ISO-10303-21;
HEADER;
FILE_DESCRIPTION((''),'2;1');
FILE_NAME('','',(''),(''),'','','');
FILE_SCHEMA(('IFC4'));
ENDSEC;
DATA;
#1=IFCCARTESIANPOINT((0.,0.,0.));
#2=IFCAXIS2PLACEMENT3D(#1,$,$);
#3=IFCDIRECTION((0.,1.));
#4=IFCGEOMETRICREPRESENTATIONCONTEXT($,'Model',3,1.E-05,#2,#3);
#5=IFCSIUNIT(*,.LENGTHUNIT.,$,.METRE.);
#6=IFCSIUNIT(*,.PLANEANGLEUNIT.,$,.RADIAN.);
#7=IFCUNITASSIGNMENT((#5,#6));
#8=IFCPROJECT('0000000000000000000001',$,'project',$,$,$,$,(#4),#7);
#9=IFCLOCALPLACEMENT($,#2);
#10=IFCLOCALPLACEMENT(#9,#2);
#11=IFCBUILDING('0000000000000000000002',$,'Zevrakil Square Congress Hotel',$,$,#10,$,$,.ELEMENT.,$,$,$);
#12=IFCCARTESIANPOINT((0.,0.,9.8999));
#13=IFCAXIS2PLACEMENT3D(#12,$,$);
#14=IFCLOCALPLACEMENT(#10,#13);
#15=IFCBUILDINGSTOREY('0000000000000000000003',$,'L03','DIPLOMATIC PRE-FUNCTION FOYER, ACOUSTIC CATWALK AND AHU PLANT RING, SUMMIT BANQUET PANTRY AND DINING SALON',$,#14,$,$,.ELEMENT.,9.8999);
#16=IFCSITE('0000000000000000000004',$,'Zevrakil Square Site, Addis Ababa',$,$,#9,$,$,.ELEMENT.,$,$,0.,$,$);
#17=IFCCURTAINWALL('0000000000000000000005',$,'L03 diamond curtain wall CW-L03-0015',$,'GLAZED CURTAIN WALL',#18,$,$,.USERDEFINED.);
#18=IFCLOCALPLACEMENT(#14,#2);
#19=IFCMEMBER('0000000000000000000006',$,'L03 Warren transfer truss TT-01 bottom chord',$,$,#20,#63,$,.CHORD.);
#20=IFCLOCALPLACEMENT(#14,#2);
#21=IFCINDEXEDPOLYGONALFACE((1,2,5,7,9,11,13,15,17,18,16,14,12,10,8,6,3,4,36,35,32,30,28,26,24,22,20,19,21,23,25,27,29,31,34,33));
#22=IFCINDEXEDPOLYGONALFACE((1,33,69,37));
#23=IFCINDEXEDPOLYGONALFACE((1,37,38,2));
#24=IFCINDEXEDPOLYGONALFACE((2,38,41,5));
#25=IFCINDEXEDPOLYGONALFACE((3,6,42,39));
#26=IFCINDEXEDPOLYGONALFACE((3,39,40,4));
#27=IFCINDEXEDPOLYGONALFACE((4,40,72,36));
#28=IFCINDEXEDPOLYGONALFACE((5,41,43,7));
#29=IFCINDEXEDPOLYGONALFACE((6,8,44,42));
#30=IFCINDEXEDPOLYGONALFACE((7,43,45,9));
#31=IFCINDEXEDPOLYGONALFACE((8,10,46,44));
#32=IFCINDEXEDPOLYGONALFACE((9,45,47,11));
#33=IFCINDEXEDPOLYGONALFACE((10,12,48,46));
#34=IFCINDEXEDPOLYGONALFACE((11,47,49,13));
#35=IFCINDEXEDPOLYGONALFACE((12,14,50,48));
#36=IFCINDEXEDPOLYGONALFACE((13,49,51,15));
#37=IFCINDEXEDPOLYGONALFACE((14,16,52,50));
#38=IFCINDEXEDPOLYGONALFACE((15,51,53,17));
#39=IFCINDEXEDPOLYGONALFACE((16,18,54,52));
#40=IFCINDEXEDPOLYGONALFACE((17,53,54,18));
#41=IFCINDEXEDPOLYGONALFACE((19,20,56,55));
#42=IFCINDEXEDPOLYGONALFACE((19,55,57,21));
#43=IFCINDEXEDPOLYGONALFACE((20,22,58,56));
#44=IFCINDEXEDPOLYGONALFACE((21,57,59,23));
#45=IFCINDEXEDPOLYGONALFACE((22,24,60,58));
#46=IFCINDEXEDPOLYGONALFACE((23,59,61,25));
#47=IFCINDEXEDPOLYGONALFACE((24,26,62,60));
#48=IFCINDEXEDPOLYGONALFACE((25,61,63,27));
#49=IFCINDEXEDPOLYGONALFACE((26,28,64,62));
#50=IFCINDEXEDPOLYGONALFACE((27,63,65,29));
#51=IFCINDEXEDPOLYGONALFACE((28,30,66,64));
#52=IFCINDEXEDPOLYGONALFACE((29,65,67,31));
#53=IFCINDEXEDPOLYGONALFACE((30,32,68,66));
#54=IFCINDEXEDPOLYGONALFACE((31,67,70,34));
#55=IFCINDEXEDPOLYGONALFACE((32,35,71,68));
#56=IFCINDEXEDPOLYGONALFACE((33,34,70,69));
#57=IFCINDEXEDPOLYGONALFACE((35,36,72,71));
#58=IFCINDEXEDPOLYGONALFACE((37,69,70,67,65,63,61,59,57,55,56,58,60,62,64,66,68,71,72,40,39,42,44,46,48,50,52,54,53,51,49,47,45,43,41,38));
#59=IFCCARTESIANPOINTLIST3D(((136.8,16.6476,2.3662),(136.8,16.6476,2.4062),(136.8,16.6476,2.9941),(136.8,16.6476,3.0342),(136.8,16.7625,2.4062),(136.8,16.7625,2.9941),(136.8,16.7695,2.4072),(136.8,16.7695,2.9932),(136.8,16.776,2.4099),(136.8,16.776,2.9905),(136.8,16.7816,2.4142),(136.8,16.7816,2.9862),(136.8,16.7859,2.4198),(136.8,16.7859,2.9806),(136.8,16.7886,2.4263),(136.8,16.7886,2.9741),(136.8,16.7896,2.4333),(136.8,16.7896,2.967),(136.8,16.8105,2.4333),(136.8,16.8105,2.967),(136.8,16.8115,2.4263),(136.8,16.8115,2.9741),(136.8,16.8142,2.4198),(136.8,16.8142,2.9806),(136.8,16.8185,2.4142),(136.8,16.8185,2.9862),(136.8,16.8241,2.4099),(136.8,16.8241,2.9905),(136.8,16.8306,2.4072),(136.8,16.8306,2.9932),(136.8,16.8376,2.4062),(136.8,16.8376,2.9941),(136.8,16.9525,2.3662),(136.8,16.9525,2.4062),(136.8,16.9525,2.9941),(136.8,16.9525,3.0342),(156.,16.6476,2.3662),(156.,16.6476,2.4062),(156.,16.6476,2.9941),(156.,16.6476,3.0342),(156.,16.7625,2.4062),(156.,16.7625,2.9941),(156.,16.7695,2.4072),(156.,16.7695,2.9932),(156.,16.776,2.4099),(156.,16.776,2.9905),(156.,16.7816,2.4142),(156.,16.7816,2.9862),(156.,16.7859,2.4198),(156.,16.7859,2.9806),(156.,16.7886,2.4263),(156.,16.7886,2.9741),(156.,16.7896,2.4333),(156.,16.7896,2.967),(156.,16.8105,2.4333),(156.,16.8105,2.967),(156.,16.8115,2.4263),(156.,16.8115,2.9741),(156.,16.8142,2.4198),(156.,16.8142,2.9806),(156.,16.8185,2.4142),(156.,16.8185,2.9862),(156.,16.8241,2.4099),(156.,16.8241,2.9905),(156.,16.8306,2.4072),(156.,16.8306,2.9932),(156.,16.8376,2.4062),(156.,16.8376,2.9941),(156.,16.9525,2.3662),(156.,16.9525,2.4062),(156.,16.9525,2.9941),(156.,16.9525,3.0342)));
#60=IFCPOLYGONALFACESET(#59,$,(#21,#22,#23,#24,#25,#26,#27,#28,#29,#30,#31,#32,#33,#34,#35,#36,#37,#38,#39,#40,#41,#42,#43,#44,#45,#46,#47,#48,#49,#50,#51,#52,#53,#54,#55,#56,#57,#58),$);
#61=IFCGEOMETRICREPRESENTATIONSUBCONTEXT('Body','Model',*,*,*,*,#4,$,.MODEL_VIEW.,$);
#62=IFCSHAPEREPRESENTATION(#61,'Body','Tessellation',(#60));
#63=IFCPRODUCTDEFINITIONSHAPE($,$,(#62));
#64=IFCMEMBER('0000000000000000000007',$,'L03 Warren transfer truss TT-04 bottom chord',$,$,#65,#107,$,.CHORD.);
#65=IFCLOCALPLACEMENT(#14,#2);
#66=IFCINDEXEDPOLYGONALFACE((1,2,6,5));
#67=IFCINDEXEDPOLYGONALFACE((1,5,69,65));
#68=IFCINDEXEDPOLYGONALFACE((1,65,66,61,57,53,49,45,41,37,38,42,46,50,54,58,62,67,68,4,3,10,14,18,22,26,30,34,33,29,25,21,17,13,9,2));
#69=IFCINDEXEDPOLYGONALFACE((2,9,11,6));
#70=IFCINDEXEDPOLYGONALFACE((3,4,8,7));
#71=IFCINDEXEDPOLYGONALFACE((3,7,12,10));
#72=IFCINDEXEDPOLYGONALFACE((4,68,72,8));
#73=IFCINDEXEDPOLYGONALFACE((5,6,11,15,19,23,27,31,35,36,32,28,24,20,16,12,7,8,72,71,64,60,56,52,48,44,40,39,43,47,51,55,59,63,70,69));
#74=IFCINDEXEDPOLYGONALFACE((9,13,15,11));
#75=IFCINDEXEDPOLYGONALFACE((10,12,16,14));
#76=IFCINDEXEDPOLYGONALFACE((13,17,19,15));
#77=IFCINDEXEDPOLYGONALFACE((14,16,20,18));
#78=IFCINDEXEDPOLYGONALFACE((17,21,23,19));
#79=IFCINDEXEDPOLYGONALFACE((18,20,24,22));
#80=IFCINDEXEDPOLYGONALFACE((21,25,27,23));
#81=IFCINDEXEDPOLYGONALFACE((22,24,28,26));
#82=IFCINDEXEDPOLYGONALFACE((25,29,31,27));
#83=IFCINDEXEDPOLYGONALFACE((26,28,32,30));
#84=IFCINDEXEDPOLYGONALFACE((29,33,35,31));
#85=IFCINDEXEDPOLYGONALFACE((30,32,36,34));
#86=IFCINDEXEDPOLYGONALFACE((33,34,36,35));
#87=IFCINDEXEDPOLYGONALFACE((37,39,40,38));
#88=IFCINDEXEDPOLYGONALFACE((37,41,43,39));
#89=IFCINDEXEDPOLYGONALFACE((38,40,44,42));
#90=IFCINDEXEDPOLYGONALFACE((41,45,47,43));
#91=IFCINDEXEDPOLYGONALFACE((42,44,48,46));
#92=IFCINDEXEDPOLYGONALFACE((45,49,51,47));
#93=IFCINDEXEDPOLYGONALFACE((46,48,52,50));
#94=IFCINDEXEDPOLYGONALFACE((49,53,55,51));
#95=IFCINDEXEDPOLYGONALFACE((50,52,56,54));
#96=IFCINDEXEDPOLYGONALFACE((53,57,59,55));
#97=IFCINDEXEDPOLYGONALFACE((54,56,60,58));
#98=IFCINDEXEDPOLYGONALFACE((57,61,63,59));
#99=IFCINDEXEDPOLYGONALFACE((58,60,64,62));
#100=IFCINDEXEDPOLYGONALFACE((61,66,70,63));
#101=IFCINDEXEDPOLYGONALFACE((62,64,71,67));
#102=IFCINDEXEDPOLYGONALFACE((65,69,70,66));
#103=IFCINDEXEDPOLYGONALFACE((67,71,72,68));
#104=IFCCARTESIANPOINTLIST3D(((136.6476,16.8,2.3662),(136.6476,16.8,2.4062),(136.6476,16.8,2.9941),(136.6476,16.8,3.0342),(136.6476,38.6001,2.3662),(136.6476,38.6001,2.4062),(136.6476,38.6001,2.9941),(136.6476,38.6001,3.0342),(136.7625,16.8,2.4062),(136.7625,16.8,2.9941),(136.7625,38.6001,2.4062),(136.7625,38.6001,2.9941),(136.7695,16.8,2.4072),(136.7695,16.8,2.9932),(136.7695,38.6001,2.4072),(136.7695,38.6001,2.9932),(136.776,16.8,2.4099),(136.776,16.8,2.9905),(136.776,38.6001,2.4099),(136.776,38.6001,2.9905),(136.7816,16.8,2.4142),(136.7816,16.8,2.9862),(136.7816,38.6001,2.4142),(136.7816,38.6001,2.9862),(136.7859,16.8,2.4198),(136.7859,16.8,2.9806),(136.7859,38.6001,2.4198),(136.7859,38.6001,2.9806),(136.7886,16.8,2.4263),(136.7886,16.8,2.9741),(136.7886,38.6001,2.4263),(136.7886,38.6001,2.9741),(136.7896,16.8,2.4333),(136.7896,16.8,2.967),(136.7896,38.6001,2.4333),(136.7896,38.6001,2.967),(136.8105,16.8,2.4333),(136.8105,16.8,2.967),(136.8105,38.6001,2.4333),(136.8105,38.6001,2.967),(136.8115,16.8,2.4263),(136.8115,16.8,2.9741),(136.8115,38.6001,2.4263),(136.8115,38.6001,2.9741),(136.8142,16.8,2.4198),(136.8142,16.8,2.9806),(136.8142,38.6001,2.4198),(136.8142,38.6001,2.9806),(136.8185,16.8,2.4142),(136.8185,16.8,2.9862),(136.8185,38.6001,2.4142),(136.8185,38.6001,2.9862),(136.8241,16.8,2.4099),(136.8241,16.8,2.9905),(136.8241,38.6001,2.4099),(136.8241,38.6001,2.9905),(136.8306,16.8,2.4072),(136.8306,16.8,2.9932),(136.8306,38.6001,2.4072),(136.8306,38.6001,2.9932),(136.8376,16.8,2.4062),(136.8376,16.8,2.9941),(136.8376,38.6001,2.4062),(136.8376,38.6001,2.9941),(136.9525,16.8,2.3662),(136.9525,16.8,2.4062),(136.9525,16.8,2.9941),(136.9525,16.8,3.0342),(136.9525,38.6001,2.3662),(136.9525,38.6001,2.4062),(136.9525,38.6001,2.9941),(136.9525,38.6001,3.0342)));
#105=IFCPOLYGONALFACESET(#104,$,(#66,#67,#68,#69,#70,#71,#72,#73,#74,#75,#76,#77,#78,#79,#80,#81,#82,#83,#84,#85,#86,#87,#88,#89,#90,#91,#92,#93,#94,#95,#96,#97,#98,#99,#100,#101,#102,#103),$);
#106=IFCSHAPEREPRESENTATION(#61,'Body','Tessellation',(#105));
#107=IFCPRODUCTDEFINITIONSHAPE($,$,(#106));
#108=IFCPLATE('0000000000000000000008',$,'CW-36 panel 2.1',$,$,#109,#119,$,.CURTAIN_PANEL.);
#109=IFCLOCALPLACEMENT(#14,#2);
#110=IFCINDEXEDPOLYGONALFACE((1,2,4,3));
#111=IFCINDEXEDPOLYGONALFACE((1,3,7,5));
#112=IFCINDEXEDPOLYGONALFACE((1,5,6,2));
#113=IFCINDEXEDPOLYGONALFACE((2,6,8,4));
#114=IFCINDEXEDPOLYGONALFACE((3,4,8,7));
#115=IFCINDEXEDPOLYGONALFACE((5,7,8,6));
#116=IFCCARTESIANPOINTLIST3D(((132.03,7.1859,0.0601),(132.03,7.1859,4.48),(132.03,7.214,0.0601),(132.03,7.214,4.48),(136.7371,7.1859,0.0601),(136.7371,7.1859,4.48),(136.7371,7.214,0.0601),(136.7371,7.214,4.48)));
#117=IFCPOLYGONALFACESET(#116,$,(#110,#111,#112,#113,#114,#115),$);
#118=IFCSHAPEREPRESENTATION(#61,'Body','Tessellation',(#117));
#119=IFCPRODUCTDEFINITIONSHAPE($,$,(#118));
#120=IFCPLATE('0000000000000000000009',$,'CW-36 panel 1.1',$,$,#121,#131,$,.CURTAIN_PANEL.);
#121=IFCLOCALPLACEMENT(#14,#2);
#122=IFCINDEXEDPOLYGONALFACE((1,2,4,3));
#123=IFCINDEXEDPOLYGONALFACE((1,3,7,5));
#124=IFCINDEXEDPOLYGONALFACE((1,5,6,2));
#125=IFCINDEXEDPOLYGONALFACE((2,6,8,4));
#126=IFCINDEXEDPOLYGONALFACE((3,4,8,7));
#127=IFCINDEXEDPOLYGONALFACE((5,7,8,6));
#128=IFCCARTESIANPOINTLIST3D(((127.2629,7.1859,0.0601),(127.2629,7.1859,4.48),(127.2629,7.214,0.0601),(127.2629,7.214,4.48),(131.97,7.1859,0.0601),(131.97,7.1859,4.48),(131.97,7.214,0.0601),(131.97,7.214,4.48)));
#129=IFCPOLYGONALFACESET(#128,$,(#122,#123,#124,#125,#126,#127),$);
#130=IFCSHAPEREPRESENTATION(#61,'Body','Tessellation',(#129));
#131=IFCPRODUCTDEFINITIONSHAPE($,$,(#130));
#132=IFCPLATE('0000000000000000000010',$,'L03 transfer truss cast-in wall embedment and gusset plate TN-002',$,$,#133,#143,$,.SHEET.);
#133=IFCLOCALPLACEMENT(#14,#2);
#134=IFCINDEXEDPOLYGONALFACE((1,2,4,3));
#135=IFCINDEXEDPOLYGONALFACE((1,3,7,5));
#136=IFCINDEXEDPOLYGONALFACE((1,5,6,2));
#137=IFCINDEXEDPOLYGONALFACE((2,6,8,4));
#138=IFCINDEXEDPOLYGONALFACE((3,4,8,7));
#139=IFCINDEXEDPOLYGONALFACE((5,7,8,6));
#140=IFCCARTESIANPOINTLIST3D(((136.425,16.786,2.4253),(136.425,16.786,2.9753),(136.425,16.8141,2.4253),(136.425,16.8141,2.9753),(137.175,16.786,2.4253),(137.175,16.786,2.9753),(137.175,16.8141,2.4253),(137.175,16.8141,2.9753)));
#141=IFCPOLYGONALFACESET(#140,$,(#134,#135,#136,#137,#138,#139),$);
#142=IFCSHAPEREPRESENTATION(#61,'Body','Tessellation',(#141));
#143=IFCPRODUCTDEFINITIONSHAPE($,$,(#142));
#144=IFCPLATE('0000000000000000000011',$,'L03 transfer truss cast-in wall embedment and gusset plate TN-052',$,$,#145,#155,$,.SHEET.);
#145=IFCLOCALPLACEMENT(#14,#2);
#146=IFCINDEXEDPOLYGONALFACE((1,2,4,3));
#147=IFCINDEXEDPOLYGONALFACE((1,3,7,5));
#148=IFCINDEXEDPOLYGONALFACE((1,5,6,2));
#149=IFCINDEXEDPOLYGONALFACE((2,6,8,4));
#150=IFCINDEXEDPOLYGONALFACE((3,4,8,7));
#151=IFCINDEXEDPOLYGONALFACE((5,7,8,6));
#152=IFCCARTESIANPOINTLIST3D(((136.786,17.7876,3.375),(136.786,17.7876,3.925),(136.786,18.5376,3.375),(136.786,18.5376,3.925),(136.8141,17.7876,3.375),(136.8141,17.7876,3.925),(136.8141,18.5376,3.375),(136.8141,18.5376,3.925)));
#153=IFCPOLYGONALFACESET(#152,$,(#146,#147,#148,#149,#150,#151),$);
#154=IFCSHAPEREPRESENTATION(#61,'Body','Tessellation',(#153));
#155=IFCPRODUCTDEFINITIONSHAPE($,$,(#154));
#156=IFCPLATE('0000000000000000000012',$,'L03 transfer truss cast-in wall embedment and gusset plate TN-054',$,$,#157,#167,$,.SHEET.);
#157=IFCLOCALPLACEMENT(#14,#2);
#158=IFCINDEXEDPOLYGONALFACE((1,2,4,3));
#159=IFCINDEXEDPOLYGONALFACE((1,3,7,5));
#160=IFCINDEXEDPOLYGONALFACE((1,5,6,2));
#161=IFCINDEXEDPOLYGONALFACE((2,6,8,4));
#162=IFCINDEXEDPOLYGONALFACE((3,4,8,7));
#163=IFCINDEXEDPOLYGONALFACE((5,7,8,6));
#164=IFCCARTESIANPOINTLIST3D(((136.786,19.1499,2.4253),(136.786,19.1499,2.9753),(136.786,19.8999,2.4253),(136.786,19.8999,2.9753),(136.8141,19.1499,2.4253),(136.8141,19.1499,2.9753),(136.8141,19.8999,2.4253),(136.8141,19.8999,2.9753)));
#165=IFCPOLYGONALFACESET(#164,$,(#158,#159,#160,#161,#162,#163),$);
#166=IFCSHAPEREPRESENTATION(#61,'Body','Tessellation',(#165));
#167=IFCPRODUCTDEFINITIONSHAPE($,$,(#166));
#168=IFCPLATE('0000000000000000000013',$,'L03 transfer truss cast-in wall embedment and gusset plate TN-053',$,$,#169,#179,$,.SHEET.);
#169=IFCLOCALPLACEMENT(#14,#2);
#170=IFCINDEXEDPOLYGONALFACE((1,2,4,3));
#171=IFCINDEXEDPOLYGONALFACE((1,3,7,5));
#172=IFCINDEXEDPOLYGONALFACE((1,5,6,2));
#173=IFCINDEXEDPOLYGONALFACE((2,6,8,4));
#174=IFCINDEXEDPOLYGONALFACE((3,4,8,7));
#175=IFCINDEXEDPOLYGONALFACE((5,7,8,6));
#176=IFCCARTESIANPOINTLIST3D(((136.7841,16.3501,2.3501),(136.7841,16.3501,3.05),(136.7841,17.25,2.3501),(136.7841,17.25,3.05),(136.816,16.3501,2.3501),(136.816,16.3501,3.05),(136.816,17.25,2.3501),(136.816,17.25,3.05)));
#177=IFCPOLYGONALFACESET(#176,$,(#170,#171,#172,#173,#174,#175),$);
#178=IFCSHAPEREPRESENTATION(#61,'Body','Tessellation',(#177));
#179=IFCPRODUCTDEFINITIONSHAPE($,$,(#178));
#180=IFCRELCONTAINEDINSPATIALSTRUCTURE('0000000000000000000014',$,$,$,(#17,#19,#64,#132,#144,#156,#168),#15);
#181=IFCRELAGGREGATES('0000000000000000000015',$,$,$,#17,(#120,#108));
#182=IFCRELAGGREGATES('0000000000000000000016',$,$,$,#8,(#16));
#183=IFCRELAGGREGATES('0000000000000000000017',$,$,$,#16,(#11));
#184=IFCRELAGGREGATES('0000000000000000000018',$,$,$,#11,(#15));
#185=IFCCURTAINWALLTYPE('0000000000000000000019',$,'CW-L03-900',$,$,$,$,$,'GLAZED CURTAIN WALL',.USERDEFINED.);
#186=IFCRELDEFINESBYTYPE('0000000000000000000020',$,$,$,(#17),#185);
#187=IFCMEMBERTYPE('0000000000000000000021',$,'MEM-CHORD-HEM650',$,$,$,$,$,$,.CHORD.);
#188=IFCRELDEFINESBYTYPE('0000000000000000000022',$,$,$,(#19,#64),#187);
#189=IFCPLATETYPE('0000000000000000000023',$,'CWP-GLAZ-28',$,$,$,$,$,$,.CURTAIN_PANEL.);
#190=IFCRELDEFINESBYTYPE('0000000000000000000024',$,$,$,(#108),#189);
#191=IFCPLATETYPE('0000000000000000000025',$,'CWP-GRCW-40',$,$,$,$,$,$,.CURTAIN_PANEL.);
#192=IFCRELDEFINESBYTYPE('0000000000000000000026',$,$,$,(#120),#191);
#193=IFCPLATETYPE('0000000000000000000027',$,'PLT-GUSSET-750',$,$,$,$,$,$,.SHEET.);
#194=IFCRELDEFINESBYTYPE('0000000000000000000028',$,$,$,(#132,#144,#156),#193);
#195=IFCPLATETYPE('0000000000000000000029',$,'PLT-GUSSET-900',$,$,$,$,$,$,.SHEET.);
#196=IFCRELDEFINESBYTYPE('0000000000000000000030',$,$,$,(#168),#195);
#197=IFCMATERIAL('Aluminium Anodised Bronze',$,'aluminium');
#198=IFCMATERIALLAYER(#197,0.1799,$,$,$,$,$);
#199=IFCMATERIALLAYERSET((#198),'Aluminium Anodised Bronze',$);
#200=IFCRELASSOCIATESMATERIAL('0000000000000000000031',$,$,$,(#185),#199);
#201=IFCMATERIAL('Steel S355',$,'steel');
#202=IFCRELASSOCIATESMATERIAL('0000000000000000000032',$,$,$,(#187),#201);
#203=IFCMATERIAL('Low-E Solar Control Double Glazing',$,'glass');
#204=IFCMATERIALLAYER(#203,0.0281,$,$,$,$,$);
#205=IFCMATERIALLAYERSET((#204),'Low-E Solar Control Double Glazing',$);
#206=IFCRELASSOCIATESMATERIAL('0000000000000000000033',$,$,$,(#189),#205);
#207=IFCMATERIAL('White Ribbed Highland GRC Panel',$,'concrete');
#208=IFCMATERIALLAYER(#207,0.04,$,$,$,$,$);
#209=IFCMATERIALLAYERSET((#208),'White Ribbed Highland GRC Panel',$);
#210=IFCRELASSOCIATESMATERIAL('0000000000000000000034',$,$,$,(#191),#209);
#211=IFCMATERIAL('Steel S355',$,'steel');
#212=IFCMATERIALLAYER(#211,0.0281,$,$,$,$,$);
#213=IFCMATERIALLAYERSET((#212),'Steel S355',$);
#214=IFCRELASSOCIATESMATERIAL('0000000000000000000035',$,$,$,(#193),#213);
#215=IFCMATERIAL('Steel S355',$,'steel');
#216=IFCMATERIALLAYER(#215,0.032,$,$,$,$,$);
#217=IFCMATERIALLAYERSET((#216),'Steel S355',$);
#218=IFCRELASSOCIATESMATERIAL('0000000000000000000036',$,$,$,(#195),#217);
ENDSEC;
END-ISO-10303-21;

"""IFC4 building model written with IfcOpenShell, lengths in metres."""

from ifc_helpers import new_model, si_unit, direction, frame, origin, origin_2d, place, context, subcontext, project, spatial, rectangle, i_section, extrude, material, layer, layer_set, material_profile, profile_set, type_object, element, aggregate, save


model = new_model("IFC4")

# Units and contexts
model_context = context("Model", 3, precision=1e-05, world=origin(), true_north=direction((0.0, 1.0)))
body_context = subcontext(model_context, "Body", "Model", "MODEL_VIEW")
ifc_project = project(units=[si_unit("LENGTHUNIT", "METRE"), si_unit("PLANEANGLEUNIT", "RADIAN")], contexts=[model_context])

# Site, building, storey
site_placement = place(None, origin())
site = spatial("IfcSite", under=ifc_project, at=site_placement, Name="Zevrakil Square Site, Addis Ababa", CompositionType="ELEMENT", RefElevation=0.0)
building_placement = place(site_placement, origin())
building = spatial("IfcBuilding", under=site, at=building_placement, Name="Zevrakil Square Congress Hotel", CompositionType="ELEMENT")
storey_placement = place(building_placement, frame((0.0, 0.0, 9.8999)))
storey = spatial("IfcBuildingStorey", under=building, at=storey_placement, Name="L03", Description="DIPLOMATIC PRE-FUNCTION FOYER, ACOUSTIC CATWALK AND AHU PLANT RING, SUMMIT BANQUET PANTRY AND DINING SALON", CompositionType="ELEMENT", Elevation=9.8999)

# Curtain wall
ifc_material_1 = material(Name="Aluminium Anodised Bronze", Category="aluminium")
ifc_layer_1 = layer(ifc_material_1, 0.1799)
ifc_layer_set_1 = layer_set([ifc_layer_1], Name="Aluminium Anodised Bronze")
curtain_wall_type = type_object("IfcCurtainWallType", Name="CW-L03-900", ElementType="GLAZED CURTAIN WALL", PredefinedType="USERDEFINED", material=ifc_layer_set_1)
curtain_wall_placement = place(storey_placement, origin())
curtain_wall = element("IfcCurtainWall", 1, at=curtain_wall_placement, inside=storey, type_object=curtain_wall_type, Name="L03 diamond curtain wall CW-L03-0015", ObjectType="GLAZED CURTAIN WALL", PredefinedType="USERDEFINED")

# Members
ifc_material_2 = material(Name="Steel S355", Category="steel")
ifc_material_profile_1 = material_profile(ifc_material_2, i_section(OverallWidth=0.3049, OverallDepth=0.668, WebThickness=0.021, FlangeThickness=0.04, FilletRadius=0.0271, at=origin_2d()), Name="HEM 650")
ifc_profile_set_1 = profile_set([ifc_material_profile_1], Name="Steel S355")
member_type_1 = type_object("IfcMemberType", Name="MEM-CHORD-HEM650", PredefinedType="CHORD", material=ifc_profile_set_1)
member_1_placement = place(storey_placement, frame((136.8, 16.8, 2.7002), z_axis=(1.0, 0.0, 0.0), x_axis=(0.0, 1.0, 0.0)))
element("IfcMember", 2, at=member_1_placement, inside=storey, type_object=member_type_1, Name="L03 Warren transfer truss TT-01 bottom chord", PredefinedType="CHORD", context=body_context, shape_type="SweptSolid", body=[
    extrude(i_section(OverallWidth=0.3049, OverallDepth=0.668, WebThickness=0.021, FlangeThickness=0.04, FilletRadius=0.0271, at=origin_2d()), origin(), (0.0, 0.0, 1.0), 19.2),
])
member_2_placement = place(storey_placement, frame((136.8, 16.8, 2.7002), z_axis=(0.0, 1.0, 0.0), x_axis=(-1.0, 0.0, 0.0)))
element("IfcMember", 3, at=member_2_placement, inside=storey, type_object=member_type_1, Name="L03 Warren transfer truss TT-04 bottom chord", PredefinedType="CHORD", context=body_context, shape_type="SweptSolid", body=[
    extrude(i_section(OverallWidth=0.3049, OverallDepth=0.668, WebThickness=0.021, FlangeThickness=0.04, FilletRadius=0.0271, at=origin_2d()), origin(), (0.0, 0.0, 1.0), 21.8),
])

# Plates
ifc_material_3 = material(Name="Low-E Solar Control Double Glazing", Category="glass")
ifc_layer_2 = layer(ifc_material_3, 0.0281)
ifc_layer_set_2 = layer_set([ifc_layer_2], Name="Low-E Solar Control Double Glazing")
plate_type_1 = type_object("IfcPlateType", Name="CWP-GLAZ-28", PredefinedType="CURTAIN_PANEL", material=ifc_layer_set_2)
plate_1_placement = place(storey_placement, frame((134.3835, 7.2, 0.0601), z_axis=(0.0, 0.0, 1.0), x_axis=(1.0, 0.0, 0.0)))
plate_1 = element("IfcPlate", 4, at=plate_1_placement, type_object=plate_type_1, Name="CW-36 panel 2.1", PredefinedType="CURTAIN_PANEL", context=body_context, shape_type="SweptSolid", body=[
    extrude(rectangle(XDim=4.707, YDim=0.0281, at=origin_2d()), origin(), (0.0, 0.0, 1.0), 4.4199),
])
ifc_material_4 = material(Name="White Ribbed Highland GRC Panel", Category="concrete")
ifc_layer_3 = layer(ifc_material_4, 0.04)
ifc_layer_set_3 = layer_set([ifc_layer_3], Name="White Ribbed Highland GRC Panel")
plate_type_2 = type_object("IfcPlateType", Name="CWP-GRCW-40", PredefinedType="CURTAIN_PANEL", material=ifc_layer_set_3)
plate_2_placement = place(storey_placement, frame((129.6165, 7.2, 0.0601), z_axis=(0.0, 0.0, 1.0), x_axis=(1.0, 0.0, 0.0)))
plate_2 = element("IfcPlate", 5, at=plate_2_placement, type_object=plate_type_2, Name="CW-36 panel 1.1", PredefinedType="CURTAIN_PANEL", context=body_context, shape_type="SweptSolid", body=[
    extrude(rectangle(XDim=4.707, YDim=0.0281, at=origin_2d()), origin(), (0.0, 0.0, 1.0), 4.4199),
])
aggregate(curtain_wall, [plate_2, plate_1])

# Plates
ifc_material_5 = material(Name="Steel S355", Category="steel")
ifc_layer_4 = layer(ifc_material_5, 0.0281)
ifc_layer_set_4 = layer_set([ifc_layer_4], Name="Steel S355")
plate_type_3 = type_object("IfcPlateType", Name="PLT-GUSSET-750", PredefinedType="SHEET", material=ifc_layer_set_4)
for number, where, z_axis, x_axis, name in (
    (6, (136.8, 16.8, 2.4253), (0.0, 0.0, 1.0), (1.0, 0.0, 0.0), "L03 transfer truss cast-in wall embedment and gusset plate TN-002"),
    (7, (136.8, 18.1626, 3.375), (0.0, 0.0, 1.0), (0.0, 1.0, 0.0), "L03 transfer truss cast-in wall embedment and gusset plate TN-052"),
    (8, (136.8, 19.5249, 2.4253), (0.0, 0.0, 1.0), (0.0, 1.0, 0.0), "L03 transfer truss cast-in wall embedment and gusset plate TN-054"),
):
    element("IfcPlate", number, at=place(storey_placement, frame(where, z_axis=z_axis, x_axis=x_axis)), inside=storey, type_object=plate_type_3, Name=name, PredefinedType="SHEET", context=body_context, shape_type="SweptSolid", body=[
        extrude(rectangle(XDim=0.75, YDim=0.0281, at=origin_2d()), origin(), (0.0, 0.0, 1.0), 0.55),
    ])
ifc_material_6 = material(Name="Steel S355", Category="steel")
ifc_layer_5 = layer(ifc_material_6, 0.032)
ifc_layer_set_5 = layer_set([ifc_layer_5], Name="Steel S355")
plate_type_4 = type_object("IfcPlateType", Name="PLT-GUSSET-900", PredefinedType="SHEET", material=ifc_layer_set_5)
plate_3_placement = place(storey_placement, frame((136.8, 16.8, 2.3501), z_axis=(0.0, 0.0, 1.0), x_axis=(0.0, 1.0, 0.0)))
element("IfcPlate", 9, at=plate_3_placement, inside=storey, type_object=plate_type_4, Name="L03 transfer truss cast-in wall embedment and gusset plate TN-053", PredefinedType="SHEET", context=body_context, shape_type="SweptSolid", body=[
    extrude(rectangle(XDim=0.8999, YDim=0.032, at=origin_2d()), origin(), (0.0, 0.0, 1.0), 0.7),
])

save(model, "model.ifc")
